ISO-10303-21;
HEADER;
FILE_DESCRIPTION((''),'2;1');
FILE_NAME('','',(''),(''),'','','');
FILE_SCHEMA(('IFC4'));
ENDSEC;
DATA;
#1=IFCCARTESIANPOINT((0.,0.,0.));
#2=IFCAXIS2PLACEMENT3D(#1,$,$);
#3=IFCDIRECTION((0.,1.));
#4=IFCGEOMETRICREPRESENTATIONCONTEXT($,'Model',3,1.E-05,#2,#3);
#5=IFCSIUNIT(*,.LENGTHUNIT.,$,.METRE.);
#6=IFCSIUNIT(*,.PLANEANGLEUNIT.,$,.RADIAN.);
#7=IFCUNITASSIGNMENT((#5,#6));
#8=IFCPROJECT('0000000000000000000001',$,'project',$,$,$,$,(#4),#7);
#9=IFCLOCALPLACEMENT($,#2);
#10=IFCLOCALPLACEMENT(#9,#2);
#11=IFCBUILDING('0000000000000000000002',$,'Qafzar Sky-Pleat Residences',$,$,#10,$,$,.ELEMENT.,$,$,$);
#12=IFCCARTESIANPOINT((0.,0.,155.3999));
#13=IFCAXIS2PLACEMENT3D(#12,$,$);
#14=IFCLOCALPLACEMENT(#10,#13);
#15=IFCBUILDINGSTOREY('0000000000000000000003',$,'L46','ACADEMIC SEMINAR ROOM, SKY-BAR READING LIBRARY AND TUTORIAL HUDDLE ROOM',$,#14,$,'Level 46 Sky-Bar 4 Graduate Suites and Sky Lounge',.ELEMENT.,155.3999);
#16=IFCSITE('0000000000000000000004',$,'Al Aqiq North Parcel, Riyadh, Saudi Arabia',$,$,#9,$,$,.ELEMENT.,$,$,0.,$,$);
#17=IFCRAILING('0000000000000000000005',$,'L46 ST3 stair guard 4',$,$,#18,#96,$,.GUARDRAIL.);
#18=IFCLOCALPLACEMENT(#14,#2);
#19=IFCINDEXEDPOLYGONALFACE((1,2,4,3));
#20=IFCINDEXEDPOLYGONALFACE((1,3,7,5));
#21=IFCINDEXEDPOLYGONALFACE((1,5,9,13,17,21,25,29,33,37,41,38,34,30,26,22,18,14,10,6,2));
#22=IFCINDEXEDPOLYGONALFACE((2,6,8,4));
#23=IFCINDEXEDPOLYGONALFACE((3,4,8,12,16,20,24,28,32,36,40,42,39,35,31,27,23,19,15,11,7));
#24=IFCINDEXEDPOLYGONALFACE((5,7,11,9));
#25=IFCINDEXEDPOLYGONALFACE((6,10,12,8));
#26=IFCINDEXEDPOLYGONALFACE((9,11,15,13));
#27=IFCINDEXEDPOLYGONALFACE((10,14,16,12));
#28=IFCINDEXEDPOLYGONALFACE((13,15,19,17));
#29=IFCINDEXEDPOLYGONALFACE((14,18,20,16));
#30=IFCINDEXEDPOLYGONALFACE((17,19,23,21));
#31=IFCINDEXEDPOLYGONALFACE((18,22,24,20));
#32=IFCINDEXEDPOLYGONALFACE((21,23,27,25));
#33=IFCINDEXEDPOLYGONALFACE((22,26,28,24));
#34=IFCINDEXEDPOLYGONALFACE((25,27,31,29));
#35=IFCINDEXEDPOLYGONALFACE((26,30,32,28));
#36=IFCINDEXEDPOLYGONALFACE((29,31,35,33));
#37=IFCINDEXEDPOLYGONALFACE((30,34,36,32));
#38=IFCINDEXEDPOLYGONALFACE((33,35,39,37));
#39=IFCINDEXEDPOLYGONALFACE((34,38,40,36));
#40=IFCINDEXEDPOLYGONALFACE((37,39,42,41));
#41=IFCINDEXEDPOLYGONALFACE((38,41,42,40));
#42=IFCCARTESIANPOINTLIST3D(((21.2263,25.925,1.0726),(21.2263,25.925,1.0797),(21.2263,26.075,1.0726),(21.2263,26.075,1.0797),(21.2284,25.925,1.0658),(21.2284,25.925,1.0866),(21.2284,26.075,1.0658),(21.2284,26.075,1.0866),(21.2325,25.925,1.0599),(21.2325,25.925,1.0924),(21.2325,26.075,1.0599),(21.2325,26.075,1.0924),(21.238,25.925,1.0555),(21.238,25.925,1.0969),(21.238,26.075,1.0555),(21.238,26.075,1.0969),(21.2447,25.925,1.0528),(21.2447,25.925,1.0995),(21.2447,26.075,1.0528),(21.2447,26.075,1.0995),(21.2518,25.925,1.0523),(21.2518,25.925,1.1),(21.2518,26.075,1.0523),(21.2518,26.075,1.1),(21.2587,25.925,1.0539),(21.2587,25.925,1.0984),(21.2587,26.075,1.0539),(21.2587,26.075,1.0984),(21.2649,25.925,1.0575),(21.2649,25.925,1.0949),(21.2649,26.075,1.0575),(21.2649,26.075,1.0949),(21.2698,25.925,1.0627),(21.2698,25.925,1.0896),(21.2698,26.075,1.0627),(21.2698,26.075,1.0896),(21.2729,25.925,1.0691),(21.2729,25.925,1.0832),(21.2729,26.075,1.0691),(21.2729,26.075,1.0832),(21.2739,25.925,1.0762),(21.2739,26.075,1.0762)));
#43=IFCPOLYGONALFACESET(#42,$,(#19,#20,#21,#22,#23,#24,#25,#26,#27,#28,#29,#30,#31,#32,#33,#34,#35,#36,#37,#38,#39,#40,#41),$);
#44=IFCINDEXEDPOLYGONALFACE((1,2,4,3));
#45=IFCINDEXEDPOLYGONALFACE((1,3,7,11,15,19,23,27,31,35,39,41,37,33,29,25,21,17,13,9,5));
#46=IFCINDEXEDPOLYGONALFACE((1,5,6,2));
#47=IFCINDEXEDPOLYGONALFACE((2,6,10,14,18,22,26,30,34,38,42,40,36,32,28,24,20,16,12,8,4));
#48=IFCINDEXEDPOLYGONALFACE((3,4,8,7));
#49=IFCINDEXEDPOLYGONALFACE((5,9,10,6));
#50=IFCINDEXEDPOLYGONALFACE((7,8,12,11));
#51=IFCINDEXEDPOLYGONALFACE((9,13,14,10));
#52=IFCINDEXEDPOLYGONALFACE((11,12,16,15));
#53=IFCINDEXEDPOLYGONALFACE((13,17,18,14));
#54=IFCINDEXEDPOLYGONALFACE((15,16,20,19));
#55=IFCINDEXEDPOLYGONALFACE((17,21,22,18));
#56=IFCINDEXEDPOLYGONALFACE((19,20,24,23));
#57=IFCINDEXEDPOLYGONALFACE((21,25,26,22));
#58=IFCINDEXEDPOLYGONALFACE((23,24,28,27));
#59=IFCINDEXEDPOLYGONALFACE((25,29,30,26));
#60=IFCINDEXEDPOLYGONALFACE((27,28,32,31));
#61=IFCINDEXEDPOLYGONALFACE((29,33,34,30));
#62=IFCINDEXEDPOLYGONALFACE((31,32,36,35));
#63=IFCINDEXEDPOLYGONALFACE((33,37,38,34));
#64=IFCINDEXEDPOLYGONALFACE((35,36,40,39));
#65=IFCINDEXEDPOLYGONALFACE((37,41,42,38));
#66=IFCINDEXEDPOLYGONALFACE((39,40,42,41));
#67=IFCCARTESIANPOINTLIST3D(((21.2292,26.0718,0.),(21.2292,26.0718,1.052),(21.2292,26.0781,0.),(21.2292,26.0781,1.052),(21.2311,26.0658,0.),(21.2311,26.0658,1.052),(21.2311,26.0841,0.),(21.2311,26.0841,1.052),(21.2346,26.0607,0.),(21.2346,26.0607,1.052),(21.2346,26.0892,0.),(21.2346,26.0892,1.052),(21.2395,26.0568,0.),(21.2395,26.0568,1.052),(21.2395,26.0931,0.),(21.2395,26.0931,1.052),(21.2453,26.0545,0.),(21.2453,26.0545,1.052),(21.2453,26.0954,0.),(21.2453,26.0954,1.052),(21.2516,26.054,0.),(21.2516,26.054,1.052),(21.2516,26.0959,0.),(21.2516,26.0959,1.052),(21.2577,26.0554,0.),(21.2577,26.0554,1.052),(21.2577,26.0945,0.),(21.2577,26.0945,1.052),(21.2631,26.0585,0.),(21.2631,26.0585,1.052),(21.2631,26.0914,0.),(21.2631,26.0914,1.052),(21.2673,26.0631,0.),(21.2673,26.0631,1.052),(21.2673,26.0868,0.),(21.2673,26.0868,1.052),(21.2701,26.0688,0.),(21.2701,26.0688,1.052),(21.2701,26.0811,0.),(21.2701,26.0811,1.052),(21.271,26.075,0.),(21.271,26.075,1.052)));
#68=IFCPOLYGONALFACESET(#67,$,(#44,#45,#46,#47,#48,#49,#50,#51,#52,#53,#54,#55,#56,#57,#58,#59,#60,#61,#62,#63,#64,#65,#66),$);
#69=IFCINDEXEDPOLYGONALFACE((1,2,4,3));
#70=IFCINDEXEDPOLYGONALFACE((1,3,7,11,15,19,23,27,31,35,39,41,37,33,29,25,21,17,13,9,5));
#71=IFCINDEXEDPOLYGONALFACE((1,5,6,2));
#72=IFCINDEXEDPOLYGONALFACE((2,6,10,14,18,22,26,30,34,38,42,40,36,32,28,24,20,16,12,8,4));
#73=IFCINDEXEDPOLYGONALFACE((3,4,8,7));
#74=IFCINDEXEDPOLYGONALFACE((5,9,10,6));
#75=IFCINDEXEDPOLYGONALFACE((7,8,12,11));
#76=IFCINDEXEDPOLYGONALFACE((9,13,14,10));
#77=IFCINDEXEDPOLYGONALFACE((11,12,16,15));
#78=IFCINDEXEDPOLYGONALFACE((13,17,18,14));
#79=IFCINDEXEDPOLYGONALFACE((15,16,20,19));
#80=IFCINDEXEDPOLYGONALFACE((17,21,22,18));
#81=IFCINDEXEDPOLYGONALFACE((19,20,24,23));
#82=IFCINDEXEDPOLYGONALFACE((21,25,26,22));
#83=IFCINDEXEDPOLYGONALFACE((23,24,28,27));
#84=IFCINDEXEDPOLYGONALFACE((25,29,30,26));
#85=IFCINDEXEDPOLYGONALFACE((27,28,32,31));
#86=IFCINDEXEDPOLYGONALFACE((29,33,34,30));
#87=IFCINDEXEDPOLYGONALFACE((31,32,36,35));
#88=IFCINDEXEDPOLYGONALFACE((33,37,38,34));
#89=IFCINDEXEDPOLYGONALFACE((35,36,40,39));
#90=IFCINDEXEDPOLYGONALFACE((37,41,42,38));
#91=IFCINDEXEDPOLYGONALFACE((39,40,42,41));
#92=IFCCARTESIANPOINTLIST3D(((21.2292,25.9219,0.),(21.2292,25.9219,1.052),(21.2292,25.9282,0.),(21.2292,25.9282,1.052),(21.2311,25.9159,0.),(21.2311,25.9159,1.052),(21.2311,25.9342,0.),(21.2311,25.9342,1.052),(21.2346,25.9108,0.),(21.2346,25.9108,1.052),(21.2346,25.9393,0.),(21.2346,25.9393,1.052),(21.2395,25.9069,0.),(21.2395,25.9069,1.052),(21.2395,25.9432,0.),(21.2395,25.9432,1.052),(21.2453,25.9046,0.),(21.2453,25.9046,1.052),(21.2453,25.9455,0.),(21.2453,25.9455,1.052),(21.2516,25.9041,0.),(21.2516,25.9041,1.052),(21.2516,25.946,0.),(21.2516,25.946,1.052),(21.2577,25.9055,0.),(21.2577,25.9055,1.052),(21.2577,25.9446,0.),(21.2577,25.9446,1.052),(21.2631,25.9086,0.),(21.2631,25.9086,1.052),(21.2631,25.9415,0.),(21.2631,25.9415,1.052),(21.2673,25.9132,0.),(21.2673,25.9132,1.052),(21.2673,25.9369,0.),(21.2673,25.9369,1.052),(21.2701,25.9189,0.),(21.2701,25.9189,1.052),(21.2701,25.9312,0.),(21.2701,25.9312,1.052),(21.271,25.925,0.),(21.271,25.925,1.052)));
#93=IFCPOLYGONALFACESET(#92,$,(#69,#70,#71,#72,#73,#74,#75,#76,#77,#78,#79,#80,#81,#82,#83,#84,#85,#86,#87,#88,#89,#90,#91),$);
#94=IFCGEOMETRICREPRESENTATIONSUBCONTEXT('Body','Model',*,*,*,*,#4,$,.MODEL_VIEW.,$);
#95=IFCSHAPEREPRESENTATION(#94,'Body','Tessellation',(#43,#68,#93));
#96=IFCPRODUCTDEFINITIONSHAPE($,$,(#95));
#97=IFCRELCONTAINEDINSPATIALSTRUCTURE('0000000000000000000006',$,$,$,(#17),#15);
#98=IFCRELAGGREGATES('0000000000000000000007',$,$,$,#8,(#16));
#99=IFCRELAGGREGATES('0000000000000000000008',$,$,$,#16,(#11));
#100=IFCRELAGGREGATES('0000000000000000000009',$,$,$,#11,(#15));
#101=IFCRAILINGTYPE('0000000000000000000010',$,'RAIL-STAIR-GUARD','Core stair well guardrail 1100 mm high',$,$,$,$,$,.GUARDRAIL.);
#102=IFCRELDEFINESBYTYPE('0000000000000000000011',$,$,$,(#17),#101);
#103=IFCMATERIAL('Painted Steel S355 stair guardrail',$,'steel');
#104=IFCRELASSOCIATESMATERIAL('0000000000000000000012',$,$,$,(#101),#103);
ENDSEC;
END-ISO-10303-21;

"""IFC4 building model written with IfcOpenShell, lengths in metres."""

from ifc_helpers import new_model, si_unit, direction, frame, origin, origin_2d, place, context, subcontext, project, spatial, circle, extrude, source, transform, mapped, material, type_object, element, save


model = new_model("IFC4")

# Units and contexts
model_context = context("Model", 3, precision=1e-05, world=origin(), true_north=direction((0.0, 1.0)))
body_context = subcontext(model_context, "Body", "Model", "MODEL_VIEW")
ifc_project = project(units=[si_unit("LENGTHUNIT", "METRE"), si_unit("PLANEANGLEUNIT", "RADIAN")], contexts=[model_context])

# Site, building, storey
site_placement = place(None, origin())
site = spatial("IfcSite", under=ifc_project, at=site_placement, Name="Al Aqiq North Parcel, Riyadh, Saudi Arabia", CompositionType="ELEMENT", RefElevation=0.0)
building_placement = place(site_placement, origin())
building = spatial("IfcBuilding", under=site, at=building_placement, Name="Qafzar Sky-Pleat Residences", CompositionType="ELEMENT")
storey_placement = place(building_placement, frame((0.0, 0.0, 155.3999)))
storey = spatial("IfcBuildingStorey", under=building, at=storey_placement, Name="L46", Description="ACADEMIC SEMINAR ROOM, SKY-BAR READING LIBRARY AND TUTORIAL HUDDLE ROOM", LongName="Level 46 Sky-Bar 4 Graduate Suites and Sky Lounge", CompositionType="ELEMENT", Elevation=155.3999)

# Railing
ifc_material_1 = material(Name="Painted Steel S355 stair guardrail", Category="steel")
railing_type_1 = type_object("IfcRailingType", Name="RAIL-STAIR-GUARD", Description="Core stair well guardrail 1100 mm high", PredefinedType="GUARDRAIL", material=ifc_material_1)
shared_shape_1 = source(origin(), body_context, "Body", "SweptSolid", [
    extrude(circle(Radius=0.0239, at=origin_2d()), frame((0.0, 0.0, 1.0762), z_axis=(0.0, -1.0, 0.0), x_axis=(1.0, 0.0, 0.0)), (0.0, 0.0, 1.0), 0.1499),
    extrude(circle(Radius=0.021, at=origin_2d()), origin(), (0.0, 0.0, 1.0), 1.052),
    extrude(circle(Radius=0.021, at=origin_2d()), frame((0.0, -0.1499, 0.0)), (0.0, 0.0, 1.0), 1.052),
])
for number, where, name in (
    (1, (21.25, 26.075, 0.0), "L46 ST3 stair guard 4"),
):
    element("IfcRailing", number, at=place(storey_placement, frame(where)), inside=storey, type_object=railing_type_1, Name=name, PredefinedType="GUARDRAIL", context=body_context, shape_type="MappedRepresentation", body=[
        mapped(shared_shape_1, transform((0.0, 0.0, 0.0), x_axis=(1.0, 0.0, 0.0), y_axis=(0.0, 1.0, 0.0), z_axis=(0.0, 0.0, 1.0), scale=1.0)),
    ])

save(model, "model.ifc")
